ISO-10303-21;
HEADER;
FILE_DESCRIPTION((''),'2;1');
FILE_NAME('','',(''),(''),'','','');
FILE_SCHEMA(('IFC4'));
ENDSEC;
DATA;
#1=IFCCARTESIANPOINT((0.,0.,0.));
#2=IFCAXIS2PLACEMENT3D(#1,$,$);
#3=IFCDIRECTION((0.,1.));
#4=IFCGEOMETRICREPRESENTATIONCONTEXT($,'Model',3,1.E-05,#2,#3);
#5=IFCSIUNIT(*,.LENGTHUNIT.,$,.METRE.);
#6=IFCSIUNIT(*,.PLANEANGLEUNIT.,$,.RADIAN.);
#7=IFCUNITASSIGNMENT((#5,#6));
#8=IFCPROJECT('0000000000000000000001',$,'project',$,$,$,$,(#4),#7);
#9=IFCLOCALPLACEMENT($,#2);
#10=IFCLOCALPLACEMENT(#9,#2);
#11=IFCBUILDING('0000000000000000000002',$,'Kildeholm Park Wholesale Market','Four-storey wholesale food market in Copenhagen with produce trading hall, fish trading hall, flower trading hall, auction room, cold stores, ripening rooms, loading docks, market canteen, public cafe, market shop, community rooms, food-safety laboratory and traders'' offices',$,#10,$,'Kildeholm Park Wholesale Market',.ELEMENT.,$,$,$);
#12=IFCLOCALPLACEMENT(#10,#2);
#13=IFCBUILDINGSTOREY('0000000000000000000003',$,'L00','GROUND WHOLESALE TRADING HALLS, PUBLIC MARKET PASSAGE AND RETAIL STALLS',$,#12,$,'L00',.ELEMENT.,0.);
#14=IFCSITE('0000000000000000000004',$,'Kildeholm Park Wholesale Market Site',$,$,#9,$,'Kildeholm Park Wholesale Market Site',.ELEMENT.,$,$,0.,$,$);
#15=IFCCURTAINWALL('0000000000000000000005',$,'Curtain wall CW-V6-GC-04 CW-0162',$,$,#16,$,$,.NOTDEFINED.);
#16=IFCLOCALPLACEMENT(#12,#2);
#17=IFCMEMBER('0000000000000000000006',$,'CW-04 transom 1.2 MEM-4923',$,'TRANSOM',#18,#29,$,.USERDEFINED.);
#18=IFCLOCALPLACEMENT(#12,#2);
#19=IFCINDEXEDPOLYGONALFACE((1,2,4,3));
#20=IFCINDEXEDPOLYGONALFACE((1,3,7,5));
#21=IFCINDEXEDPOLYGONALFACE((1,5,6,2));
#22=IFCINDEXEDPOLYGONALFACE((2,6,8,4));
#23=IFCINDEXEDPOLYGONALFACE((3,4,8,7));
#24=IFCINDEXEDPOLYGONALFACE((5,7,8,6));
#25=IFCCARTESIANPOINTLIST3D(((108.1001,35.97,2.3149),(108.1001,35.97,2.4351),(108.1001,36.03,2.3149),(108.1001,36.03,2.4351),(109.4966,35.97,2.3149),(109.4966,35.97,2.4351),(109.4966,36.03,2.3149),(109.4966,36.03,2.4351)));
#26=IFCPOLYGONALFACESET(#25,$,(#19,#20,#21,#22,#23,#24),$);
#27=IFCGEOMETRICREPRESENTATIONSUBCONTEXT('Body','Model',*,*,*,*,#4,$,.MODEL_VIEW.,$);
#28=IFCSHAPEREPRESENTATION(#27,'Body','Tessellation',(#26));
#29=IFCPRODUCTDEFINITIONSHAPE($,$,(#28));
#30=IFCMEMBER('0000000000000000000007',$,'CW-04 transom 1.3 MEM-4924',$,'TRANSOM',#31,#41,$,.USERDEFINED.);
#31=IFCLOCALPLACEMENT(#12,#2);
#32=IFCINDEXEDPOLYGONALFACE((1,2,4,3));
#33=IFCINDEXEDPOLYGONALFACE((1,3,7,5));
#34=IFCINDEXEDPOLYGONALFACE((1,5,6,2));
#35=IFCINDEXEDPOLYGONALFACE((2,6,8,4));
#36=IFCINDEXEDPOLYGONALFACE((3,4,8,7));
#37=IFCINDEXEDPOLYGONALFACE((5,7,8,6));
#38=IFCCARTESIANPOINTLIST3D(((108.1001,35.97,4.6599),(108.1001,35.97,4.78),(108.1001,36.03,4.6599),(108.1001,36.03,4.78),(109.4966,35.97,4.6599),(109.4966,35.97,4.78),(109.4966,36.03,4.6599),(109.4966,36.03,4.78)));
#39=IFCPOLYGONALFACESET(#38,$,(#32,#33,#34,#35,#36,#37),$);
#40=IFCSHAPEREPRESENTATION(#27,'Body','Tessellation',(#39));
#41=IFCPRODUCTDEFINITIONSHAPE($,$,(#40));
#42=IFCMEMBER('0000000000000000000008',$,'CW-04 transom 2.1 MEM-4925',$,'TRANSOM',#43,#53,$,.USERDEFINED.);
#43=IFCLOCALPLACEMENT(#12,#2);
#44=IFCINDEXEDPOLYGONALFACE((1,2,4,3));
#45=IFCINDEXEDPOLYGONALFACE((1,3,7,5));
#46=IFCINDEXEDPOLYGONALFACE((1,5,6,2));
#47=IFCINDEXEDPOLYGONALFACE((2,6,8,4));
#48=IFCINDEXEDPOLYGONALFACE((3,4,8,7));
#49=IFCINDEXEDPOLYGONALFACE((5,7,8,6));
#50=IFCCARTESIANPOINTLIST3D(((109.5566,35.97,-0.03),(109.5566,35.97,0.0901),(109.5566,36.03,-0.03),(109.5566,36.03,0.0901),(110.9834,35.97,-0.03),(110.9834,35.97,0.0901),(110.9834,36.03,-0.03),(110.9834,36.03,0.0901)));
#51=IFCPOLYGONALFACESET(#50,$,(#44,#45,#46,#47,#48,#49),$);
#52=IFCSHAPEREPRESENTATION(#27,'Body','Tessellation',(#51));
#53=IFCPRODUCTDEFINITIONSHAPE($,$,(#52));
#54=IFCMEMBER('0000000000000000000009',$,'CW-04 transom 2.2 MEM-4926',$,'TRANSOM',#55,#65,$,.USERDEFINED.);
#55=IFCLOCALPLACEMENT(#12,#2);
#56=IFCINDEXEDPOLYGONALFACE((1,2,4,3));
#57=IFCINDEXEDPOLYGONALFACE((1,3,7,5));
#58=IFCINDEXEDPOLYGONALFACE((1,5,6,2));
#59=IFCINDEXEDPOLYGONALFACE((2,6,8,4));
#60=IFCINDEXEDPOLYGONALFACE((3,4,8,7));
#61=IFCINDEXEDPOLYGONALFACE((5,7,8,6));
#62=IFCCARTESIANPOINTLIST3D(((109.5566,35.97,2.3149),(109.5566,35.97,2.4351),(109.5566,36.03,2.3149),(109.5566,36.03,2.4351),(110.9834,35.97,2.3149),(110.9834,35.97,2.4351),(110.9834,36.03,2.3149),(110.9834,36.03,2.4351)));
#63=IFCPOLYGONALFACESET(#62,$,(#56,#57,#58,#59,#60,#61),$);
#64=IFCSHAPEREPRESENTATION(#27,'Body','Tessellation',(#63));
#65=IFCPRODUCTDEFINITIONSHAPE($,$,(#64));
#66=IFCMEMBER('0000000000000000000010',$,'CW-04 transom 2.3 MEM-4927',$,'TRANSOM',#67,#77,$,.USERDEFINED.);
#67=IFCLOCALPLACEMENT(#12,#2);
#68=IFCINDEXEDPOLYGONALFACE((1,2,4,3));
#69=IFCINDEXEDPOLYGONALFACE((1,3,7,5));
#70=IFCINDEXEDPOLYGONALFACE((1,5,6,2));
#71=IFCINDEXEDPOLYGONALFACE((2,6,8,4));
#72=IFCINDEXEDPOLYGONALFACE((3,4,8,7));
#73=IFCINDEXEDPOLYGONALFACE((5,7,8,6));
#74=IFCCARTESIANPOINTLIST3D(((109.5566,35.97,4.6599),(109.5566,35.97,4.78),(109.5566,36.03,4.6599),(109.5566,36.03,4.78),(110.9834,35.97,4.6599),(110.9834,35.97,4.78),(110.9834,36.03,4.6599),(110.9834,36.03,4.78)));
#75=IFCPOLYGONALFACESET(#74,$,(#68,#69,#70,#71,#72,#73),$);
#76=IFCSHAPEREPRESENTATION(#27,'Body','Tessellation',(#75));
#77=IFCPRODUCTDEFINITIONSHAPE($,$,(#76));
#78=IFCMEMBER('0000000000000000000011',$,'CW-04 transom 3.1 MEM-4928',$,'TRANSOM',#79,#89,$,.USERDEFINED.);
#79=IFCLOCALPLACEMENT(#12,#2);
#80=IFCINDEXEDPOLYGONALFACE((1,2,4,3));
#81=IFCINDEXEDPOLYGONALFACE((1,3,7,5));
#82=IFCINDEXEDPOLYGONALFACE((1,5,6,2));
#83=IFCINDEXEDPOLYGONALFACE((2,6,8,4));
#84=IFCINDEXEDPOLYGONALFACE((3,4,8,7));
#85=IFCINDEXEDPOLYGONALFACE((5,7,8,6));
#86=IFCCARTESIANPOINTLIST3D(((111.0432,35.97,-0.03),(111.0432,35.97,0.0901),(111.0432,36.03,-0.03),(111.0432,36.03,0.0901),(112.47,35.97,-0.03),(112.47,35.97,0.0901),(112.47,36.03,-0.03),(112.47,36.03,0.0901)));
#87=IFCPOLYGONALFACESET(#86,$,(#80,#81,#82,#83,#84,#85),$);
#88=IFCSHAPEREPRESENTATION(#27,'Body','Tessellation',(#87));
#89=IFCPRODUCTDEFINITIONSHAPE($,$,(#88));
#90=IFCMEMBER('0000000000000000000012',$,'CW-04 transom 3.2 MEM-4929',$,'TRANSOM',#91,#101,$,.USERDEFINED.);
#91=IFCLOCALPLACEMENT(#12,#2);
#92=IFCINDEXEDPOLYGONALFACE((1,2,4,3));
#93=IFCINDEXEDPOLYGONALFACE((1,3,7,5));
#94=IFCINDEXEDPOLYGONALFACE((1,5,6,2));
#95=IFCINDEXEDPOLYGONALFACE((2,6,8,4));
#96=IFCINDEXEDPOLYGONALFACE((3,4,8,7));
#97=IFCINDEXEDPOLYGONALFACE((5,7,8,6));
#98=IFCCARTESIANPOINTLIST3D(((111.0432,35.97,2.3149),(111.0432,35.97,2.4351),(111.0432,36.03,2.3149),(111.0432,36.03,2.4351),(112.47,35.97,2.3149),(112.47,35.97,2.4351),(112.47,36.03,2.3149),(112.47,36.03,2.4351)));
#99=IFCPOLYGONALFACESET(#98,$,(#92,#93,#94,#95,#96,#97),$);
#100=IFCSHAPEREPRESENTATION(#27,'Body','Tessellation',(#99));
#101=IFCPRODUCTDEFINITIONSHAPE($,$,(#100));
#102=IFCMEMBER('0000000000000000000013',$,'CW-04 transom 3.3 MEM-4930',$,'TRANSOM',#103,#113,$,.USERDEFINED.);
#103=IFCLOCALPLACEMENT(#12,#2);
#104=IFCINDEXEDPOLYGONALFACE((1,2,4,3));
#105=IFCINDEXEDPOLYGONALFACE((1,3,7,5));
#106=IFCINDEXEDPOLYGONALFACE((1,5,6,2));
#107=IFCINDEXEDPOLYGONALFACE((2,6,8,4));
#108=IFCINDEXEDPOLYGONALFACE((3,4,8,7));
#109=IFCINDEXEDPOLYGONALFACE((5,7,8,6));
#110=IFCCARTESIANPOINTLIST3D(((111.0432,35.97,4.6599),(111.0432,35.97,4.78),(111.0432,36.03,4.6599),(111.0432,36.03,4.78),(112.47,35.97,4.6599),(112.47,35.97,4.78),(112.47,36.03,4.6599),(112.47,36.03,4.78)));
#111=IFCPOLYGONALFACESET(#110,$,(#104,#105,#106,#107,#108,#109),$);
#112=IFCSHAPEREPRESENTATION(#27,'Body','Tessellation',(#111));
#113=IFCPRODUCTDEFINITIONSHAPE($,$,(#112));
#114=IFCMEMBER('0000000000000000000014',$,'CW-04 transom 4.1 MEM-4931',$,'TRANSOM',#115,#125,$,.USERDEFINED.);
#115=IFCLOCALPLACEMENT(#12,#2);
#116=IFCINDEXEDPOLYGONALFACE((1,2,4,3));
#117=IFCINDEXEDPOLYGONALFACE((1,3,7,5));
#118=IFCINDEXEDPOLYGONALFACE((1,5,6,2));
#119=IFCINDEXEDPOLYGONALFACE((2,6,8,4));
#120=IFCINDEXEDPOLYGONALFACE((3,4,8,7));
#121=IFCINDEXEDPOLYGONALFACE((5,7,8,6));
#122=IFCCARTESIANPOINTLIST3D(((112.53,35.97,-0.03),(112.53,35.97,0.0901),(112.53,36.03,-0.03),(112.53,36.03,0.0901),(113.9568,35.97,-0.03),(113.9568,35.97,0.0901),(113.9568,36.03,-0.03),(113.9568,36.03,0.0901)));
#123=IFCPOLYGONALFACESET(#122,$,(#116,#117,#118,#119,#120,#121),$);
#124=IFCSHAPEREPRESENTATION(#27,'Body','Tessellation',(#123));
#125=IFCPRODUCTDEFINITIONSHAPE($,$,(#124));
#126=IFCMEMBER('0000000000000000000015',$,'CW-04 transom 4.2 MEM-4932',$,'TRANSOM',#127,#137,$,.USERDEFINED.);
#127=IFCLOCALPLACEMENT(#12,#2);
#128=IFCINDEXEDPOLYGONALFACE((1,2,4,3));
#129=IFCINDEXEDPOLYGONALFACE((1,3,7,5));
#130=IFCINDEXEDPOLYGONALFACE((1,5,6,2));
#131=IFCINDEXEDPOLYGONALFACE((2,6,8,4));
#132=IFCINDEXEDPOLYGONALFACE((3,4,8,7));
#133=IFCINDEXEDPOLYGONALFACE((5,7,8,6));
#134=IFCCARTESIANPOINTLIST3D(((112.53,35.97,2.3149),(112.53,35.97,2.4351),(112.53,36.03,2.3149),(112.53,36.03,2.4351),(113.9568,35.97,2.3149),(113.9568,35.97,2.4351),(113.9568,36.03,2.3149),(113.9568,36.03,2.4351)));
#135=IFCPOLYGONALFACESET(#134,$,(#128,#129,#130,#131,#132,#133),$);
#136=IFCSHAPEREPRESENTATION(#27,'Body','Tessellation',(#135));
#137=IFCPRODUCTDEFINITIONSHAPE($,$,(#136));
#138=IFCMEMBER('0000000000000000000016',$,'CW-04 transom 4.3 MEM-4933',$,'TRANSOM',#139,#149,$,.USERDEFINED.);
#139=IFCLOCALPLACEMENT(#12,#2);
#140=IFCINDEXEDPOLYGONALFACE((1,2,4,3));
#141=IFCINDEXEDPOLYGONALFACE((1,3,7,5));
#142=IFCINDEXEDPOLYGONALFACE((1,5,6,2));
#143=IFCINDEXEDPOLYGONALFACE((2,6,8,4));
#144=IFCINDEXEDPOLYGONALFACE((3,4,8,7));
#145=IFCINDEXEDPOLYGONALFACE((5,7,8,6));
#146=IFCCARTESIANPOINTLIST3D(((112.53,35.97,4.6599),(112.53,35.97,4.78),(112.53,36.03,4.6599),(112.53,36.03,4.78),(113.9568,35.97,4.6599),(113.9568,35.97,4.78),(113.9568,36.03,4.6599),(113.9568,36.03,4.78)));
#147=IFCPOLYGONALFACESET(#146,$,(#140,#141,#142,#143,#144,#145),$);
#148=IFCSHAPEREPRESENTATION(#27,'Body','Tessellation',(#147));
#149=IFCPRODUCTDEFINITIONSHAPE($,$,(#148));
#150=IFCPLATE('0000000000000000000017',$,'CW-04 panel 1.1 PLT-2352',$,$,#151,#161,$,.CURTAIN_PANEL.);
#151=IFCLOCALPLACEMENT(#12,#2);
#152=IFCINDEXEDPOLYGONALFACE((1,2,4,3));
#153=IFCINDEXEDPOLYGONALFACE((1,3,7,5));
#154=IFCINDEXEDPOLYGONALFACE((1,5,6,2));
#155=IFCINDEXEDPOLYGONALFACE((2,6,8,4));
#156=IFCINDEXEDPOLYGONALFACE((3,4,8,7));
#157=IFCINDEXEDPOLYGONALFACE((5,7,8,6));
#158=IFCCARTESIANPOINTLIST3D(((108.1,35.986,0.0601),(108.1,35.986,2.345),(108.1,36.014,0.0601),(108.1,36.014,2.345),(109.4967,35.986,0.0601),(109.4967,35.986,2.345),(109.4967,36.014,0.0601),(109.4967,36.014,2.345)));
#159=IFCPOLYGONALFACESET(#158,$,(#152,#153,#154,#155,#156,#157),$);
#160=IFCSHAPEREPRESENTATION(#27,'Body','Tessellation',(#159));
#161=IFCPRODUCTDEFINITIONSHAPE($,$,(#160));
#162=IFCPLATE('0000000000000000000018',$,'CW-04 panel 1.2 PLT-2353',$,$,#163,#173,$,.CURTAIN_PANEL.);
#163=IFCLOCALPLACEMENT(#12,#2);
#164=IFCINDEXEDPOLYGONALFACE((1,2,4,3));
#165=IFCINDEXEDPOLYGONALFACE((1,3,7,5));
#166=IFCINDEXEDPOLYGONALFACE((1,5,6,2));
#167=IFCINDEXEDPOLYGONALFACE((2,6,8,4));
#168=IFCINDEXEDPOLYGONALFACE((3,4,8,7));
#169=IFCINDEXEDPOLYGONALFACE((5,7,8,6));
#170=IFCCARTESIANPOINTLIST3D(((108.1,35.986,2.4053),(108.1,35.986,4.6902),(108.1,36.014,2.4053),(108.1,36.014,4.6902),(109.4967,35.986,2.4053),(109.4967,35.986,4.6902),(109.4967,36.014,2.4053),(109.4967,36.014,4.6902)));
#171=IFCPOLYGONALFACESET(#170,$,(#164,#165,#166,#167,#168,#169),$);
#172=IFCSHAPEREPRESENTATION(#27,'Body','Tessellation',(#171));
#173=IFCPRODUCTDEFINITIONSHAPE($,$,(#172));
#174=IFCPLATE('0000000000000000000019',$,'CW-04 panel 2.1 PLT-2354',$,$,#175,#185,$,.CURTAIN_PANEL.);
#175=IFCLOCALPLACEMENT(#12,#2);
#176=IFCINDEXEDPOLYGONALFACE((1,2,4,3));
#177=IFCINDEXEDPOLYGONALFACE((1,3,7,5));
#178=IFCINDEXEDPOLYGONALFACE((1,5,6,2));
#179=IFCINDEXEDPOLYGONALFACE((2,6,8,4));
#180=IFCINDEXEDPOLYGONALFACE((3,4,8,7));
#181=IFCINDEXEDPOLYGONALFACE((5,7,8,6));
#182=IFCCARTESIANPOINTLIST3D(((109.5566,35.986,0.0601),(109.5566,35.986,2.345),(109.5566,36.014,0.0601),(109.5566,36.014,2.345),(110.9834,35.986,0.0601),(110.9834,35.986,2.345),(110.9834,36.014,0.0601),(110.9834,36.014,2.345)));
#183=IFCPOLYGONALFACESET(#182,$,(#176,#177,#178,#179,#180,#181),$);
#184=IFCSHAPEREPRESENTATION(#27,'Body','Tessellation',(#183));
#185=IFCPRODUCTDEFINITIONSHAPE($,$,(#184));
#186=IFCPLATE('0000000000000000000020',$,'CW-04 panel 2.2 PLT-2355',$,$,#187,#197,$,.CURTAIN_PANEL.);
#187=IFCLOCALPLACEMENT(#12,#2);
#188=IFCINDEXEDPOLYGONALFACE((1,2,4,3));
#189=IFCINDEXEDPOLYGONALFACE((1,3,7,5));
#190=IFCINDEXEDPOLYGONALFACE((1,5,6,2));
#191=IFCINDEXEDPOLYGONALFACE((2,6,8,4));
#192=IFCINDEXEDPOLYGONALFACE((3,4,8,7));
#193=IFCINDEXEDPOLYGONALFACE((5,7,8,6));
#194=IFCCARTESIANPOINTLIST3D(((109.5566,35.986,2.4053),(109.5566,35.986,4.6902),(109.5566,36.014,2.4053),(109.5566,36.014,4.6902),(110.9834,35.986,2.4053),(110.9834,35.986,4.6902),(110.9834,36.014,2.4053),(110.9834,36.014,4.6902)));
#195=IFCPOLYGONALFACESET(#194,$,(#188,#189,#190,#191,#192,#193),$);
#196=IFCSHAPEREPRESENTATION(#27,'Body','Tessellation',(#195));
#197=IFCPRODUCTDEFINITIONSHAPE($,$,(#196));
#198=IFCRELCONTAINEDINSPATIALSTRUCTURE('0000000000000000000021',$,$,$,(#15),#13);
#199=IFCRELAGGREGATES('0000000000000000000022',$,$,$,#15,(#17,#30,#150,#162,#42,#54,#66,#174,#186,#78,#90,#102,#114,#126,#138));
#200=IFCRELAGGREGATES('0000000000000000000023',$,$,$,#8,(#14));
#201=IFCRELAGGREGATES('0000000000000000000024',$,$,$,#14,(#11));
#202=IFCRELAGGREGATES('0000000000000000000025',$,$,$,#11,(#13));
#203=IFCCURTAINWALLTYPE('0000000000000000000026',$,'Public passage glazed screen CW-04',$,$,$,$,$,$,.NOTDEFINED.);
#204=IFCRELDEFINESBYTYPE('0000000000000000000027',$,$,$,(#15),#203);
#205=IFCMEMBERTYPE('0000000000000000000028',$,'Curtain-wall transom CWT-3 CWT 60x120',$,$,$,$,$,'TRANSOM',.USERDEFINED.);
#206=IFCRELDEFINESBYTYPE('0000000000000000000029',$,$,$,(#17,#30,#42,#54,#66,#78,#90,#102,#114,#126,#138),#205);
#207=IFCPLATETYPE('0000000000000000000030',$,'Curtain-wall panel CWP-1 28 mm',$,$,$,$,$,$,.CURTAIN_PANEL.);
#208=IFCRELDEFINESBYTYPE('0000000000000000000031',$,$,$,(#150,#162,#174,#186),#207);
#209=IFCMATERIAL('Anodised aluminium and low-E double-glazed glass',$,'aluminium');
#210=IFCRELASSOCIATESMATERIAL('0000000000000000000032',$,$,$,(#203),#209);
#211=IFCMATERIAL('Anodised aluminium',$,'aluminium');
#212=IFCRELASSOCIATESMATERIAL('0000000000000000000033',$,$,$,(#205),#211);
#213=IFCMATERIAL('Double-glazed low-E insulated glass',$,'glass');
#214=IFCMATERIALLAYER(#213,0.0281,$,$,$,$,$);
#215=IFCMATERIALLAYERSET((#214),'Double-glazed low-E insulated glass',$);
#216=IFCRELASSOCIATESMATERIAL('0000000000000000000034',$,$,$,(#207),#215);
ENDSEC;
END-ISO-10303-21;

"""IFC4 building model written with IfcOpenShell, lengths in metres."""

from ifc_helpers import new_model, si_unit, direction, frame, origin, origin_2d, place, context, subcontext, project, spatial, rectangle, extrude, material, layer, layer_set, material_profile, profile_set, type_object, element, aggregate, save


model = new_model("IFC4")

# Units and contexts
model_context = context("Model", 3, precision=1e-05, world=origin(), true_north=direction((0.0, 1.0)))
body_context = subcontext(model_context, "Body", "Model", "MODEL_VIEW")
ifc_project = project(units=[si_unit("LENGTHUNIT", "METRE"), si_unit("PLANEANGLEUNIT", "RADIAN")], contexts=[model_context])

# Site, building, storey
site_placement = place(None, origin())
site = spatial("IfcSite", under=ifc_project, at=site_placement, Name="Kildeholm Park Wholesale Market Site", LongName="Kildeholm Park Wholesale Market Site", CompositionType="ELEMENT", RefElevation=0.0)
building_placement = place(site_placement, origin())
building = spatial("IfcBuilding", under=site, at=building_placement, Name="Kildeholm Park Wholesale Market", Description="Four-storey wholesale food market in Copenhagen with produce trading hall, fish trading hall, flower trading hall, auction room, cold stores, ripening rooms, loading docks, market canteen, public cafe, market shop, community rooms, food-safety laboratory and traders' offices", LongName="Kildeholm Park Wholesale Market", CompositionType="ELEMENT")
storey_placement = place(building_placement, origin())
storey = spatial("IfcBuildingStorey", under=building, at=storey_placement, Name="L00", Description="GROUND WHOLESALE TRADING HALLS, PUBLIC MARKET PASSAGE AND RETAIL STALLS", LongName="L00", CompositionType="ELEMENT", Elevation=0.0)

# Curtain wall, members, plates
ifc_material_1 = material(Name="Anodised aluminium and low-E double-glazed glass", Category="aluminium")
curtain_wall_type = type_object("IfcCurtainWallType", Name="Public passage glazed screen CW-04", PredefinedType="NOTDEFINED", material=ifc_material_1)
curtain_wall_placement = place(storey_placement, origin())
curtain_wall = element("IfcCurtainWall", 1, at=curtain_wall_placement, inside=storey, type_object=curtain_wall_type, Name="Curtain wall CW-V6-GC-04 CW-0162", PredefinedType="NOTDEFINED")
ifc_material_2 = material(Name="Anodised aluminium", Category="aluminium")
ifc_material_profile_1 = material_profile(ifc_material_2, rectangle(XDim=0.0601, YDim=0.1201, at=origin_2d()), Name="CWT 60x120")
ifc_profile_set_1 = profile_set([ifc_material_profile_1], Name="Anodised aluminium")
member_type_1 = type_object("IfcMemberType", Name="Curtain-wall transom CWT-3 CWT 60x120", ElementType="TRANSOM", PredefinedType="USERDEFINED", material=ifc_profile_set_1)
member_1_placement = place(storey_placement, frame((108.1001, 36.0, 2.375), z_axis=(1.0, 0.0, 0.0), x_axis=(0.0, 1.0, 0.0)))
member_1 = element("IfcMember", 2, at=member_1_placement, type_object=member_type_1, Name="CW-04 transom 1.2 MEM-4923", ObjectType="TRANSOM", PredefinedType="USERDEFINED", context=body_context, shape_type="SweptSolid", body=[
    extrude(rectangle(XDim=0.0601, YDim=0.1201, at=origin_2d()), origin(), (0.0, 0.0, 1.0), 1.3965),
])
member_2_placement = place(storey_placement, frame((108.1001, 36.0, 4.72), z_axis=(1.0, 0.0, 0.0), x_axis=(0.0, 1.0, 0.0)))
member_2 = element("IfcMember", 3, at=member_2_placement, type_object=member_type_1, Name="CW-04 transom 1.3 MEM-4924", ObjectType="TRANSOM", PredefinedType="USERDEFINED", context=body_context, shape_type="SweptSolid", body=[
    extrude(rectangle(XDim=0.0601, YDim=0.1201, at=origin_2d()), origin(), (0.0, 0.0, 1.0), 1.3965),
])
member_3_placement = place(storey_placement, frame((109.5566, 36.0, 0.03), z_axis=(1.0, 0.0, 0.0), x_axis=(0.0, 1.0, 0.0)))
member_3 = element("IfcMember", 4, at=member_3_placement, type_object=member_type_1, Name="CW-04 transom 2.1 MEM-4925", ObjectType="TRANSOM", PredefinedType="USERDEFINED", context=body_context, shape_type="SweptSolid", body=[
    extrude(rectangle(XDim=0.0601, YDim=0.1201, at=origin_2d()), origin(), (0.0, 0.0, 1.0), 1.4268),
])
member_4_placement = place(storey_placement, frame((109.5566, 36.0, 2.375), z_axis=(1.0, 0.0, 0.0), x_axis=(0.0, 1.0, 0.0)))
member_4 = element("IfcMember", 5, at=member_4_placement, type_object=member_type_1, Name="CW-04 transom 2.2 MEM-4926", ObjectType="TRANSOM", PredefinedType="USERDEFINED", context=body_context, shape_type="SweptSolid", body=[
    extrude(rectangle(XDim=0.0601, YDim=0.1201, at=origin_2d()), origin(), (0.0, 0.0, 1.0), 1.4268),
])
member_5_placement = place(storey_placement, frame((109.5566, 36.0, 4.72), z_axis=(1.0, 0.0, 0.0), x_axis=(0.0, 1.0, 0.0)))
member_5 = element("IfcMember", 6, at=member_5_placement, type_object=member_type_1, Name="CW-04 transom 2.3 MEM-4927", ObjectType="TRANSOM", PredefinedType="USERDEFINED", context=body_context, shape_type="SweptSolid", body=[
    extrude(rectangle(XDim=0.0601, YDim=0.1201, at=origin_2d()), origin(), (0.0, 0.0, 1.0), 1.4268),
])
member_6_placement = place(storey_placement, frame((111.0432, 36.0, 0.03), z_axis=(1.0, 0.0, 0.0), x_axis=(0.0, 1.0, 0.0)))
member_6 = element("IfcMember", 7, at=member_6_placement, type_object=member_type_1, Name="CW-04 transom 3.1 MEM-4928", ObjectType="TRANSOM", PredefinedType="USERDEFINED", context=body_context, shape_type="SweptSolid", body=[
    extrude(rectangle(XDim=0.0601, YDim=0.1201, at=origin_2d()), origin(), (0.0, 0.0, 1.0), 1.4268),
])
member_7_placement = place(storey_placement, frame((111.0432, 36.0, 2.375), z_axis=(1.0, 0.0, 0.0), x_axis=(0.0, 1.0, 0.0)))
member_7 = element("IfcMember", 8, at=member_7_placement, type_object=member_type_1, Name="CW-04 transom 3.2 MEM-4929", ObjectType="TRANSOM", PredefinedType="USERDEFINED", context=body_context, shape_type="SweptSolid", body=[
    extrude(rectangle(XDim=0.0601, YDim=0.1201, at=origin_2d()), origin(), (0.0, 0.0, 1.0), 1.4268),
])
member_8_placement = place(storey_placement, frame((111.0432, 36.0, 4.72), z_axis=(1.0, 0.0, 0.0), x_axis=(0.0, 1.0, 0.0)))
member_8 = element("IfcMember", 9, at=member_8_placement, type_object=member_type_1, Name="CW-04 transom 3.3 MEM-4930", ObjectType="TRANSOM", PredefinedType="USERDEFINED", context=body_context, shape_type="SweptSolid", body=[
    extrude(rectangle(XDim=0.0601, YDim=0.1201, at=origin_2d()), origin(), (0.0, 0.0, 1.0), 1.4268),
])
member_9_placement = place(storey_placement, frame((112.53, 36.0, 0.03), z_axis=(1.0, 0.0, 0.0), x_axis=(0.0, 1.0, 0.0)))
member_9 = element("IfcMember", 10, at=member_9_placement, type_object=member_type_1, Name="CW-04 transom 4.1 MEM-4931", ObjectType="TRANSOM", PredefinedType="USERDEFINED", context=body_context, shape_type="SweptSolid", body=[
    extrude(rectangle(XDim=0.0601, YDim=0.1201, at=origin_2d()), origin(), (0.0, 0.0, 1.0), 1.4268),
])
member_10_placement = place(storey_placement, frame((112.53, 36.0, 2.375), z_axis=(1.0, 0.0, 0.0), x_axis=(0.0, 1.0, 0.0)))
member_10 = element("IfcMember", 11, at=member_10_placement, type_object=member_type_1, Name="CW-04 transom 4.2 MEM-4932", ObjectType="TRANSOM", PredefinedType="USERDEFINED", context=body_context, shape_type="SweptSolid", body=[
    extrude(rectangle(XDim=0.0601, YDim=0.1201, at=origin_2d()), origin(), (0.0, 0.0, 1.0), 1.4268),
])
member_11_placement = place(storey_placement, frame((112.53, 36.0, 4.72), z_axis=(1.0, 0.0, 0.0), x_axis=(0.0, 1.0, 0.0)))
member_11 = element("IfcMember", 12, at=member_11_placement, type_object=member_type_1, Name="CW-04 transom 4.3 MEM-4933", ObjectType="TRANSOM", PredefinedType="USERDEFINED", context=body_context, shape_type="SweptSolid", body=[
    extrude(rectangle(XDim=0.0601, YDim=0.1201, at=origin_2d()), origin(), (0.0, 0.0, 1.0), 1.4268),
])
ifc_material_3 = material(Name="Double-glazed low-E insulated glass", Category="glass")
ifc_layer_1 = layer(ifc_material_3, 0.0281)
ifc_layer_set_1 = layer_set([ifc_layer_1], Name="Double-glazed low-E insulated glass")
plate_type = type_object("IfcPlateType", Name="Curtain-wall panel CWP-1 28 mm", PredefinedType="CURTAIN_PANEL", material=ifc_layer_set_1)
plate_1_placement = place(storey_placement, frame((108.7983, 36.0, 0.0601), z_axis=(0.0, 0.0, 1.0), x_axis=(1.0, 0.0, 0.0)))
plate_1 = element("IfcPlate", 13, at=plate_1_placement, type_object=plate_type, Name="CW-04 panel 1.1 PLT-2352", PredefinedType="CURTAIN_PANEL", context=body_context, shape_type="SweptSolid", body=[
    extrude(rectangle(XDim=1.3967, YDim=0.0281, at=origin_2d()), origin(), (0.0, 0.0, 1.0), 2.2849),
])
plate_2_placement = place(storey_placement, frame((108.7983, 36.0, 2.4053), z_axis=(0.0, 0.0, 1.0), x_axis=(1.0, 0.0, 0.0)))
plate_2 = element("IfcPlate", 14, at=plate_2_placement, type_object=plate_type, Name="CW-04 panel 1.2 PLT-2353", PredefinedType="CURTAIN_PANEL", context=body_context, shape_type="SweptSolid", body=[
    extrude(rectangle(XDim=1.3967, YDim=0.0281, at=origin_2d()), origin(), (0.0, 0.0, 1.0), 2.2849),
])
plate_3_placement = place(storey_placement, frame((110.27, 36.0, 0.0601), z_axis=(0.0, 0.0, 1.0), x_axis=(1.0, 0.0, 0.0)))
plate_3 = element("IfcPlate", 15, at=plate_3_placement, type_object=plate_type, Name="CW-04 panel 2.1 PLT-2354", PredefinedType="CURTAIN_PANEL", context=body_context, shape_type="SweptSolid", body=[
    extrude(rectangle(XDim=1.4268, YDim=0.0281, at=origin_2d()), origin(), (0.0, 0.0, 1.0), 2.2849),
])
plate_4_placement = place(storey_placement, frame((110.27, 36.0, 2.4053), z_axis=(0.0, 0.0, 1.0), x_axis=(1.0, 0.0, 0.0)))
plate_4 = element("IfcPlate", 16, at=plate_4_placement, type_object=plate_type, Name="CW-04 panel 2.2 PLT-2355", PredefinedType="CURTAIN_PANEL", context=body_context, shape_type="SweptSolid", body=[
    extrude(rectangle(XDim=1.4268, YDim=0.0281, at=origin_2d()), origin(), (0.0, 0.0, 1.0), 2.2849),
])
aggregate(curtain_wall, [member_1, member_2, plate_1, plate_2, member_3, member_4, member_5, plate_3, plate_4, member_6, member_7, member_8, member_9, member_10, member_11])

save(model, "model.ifc")
